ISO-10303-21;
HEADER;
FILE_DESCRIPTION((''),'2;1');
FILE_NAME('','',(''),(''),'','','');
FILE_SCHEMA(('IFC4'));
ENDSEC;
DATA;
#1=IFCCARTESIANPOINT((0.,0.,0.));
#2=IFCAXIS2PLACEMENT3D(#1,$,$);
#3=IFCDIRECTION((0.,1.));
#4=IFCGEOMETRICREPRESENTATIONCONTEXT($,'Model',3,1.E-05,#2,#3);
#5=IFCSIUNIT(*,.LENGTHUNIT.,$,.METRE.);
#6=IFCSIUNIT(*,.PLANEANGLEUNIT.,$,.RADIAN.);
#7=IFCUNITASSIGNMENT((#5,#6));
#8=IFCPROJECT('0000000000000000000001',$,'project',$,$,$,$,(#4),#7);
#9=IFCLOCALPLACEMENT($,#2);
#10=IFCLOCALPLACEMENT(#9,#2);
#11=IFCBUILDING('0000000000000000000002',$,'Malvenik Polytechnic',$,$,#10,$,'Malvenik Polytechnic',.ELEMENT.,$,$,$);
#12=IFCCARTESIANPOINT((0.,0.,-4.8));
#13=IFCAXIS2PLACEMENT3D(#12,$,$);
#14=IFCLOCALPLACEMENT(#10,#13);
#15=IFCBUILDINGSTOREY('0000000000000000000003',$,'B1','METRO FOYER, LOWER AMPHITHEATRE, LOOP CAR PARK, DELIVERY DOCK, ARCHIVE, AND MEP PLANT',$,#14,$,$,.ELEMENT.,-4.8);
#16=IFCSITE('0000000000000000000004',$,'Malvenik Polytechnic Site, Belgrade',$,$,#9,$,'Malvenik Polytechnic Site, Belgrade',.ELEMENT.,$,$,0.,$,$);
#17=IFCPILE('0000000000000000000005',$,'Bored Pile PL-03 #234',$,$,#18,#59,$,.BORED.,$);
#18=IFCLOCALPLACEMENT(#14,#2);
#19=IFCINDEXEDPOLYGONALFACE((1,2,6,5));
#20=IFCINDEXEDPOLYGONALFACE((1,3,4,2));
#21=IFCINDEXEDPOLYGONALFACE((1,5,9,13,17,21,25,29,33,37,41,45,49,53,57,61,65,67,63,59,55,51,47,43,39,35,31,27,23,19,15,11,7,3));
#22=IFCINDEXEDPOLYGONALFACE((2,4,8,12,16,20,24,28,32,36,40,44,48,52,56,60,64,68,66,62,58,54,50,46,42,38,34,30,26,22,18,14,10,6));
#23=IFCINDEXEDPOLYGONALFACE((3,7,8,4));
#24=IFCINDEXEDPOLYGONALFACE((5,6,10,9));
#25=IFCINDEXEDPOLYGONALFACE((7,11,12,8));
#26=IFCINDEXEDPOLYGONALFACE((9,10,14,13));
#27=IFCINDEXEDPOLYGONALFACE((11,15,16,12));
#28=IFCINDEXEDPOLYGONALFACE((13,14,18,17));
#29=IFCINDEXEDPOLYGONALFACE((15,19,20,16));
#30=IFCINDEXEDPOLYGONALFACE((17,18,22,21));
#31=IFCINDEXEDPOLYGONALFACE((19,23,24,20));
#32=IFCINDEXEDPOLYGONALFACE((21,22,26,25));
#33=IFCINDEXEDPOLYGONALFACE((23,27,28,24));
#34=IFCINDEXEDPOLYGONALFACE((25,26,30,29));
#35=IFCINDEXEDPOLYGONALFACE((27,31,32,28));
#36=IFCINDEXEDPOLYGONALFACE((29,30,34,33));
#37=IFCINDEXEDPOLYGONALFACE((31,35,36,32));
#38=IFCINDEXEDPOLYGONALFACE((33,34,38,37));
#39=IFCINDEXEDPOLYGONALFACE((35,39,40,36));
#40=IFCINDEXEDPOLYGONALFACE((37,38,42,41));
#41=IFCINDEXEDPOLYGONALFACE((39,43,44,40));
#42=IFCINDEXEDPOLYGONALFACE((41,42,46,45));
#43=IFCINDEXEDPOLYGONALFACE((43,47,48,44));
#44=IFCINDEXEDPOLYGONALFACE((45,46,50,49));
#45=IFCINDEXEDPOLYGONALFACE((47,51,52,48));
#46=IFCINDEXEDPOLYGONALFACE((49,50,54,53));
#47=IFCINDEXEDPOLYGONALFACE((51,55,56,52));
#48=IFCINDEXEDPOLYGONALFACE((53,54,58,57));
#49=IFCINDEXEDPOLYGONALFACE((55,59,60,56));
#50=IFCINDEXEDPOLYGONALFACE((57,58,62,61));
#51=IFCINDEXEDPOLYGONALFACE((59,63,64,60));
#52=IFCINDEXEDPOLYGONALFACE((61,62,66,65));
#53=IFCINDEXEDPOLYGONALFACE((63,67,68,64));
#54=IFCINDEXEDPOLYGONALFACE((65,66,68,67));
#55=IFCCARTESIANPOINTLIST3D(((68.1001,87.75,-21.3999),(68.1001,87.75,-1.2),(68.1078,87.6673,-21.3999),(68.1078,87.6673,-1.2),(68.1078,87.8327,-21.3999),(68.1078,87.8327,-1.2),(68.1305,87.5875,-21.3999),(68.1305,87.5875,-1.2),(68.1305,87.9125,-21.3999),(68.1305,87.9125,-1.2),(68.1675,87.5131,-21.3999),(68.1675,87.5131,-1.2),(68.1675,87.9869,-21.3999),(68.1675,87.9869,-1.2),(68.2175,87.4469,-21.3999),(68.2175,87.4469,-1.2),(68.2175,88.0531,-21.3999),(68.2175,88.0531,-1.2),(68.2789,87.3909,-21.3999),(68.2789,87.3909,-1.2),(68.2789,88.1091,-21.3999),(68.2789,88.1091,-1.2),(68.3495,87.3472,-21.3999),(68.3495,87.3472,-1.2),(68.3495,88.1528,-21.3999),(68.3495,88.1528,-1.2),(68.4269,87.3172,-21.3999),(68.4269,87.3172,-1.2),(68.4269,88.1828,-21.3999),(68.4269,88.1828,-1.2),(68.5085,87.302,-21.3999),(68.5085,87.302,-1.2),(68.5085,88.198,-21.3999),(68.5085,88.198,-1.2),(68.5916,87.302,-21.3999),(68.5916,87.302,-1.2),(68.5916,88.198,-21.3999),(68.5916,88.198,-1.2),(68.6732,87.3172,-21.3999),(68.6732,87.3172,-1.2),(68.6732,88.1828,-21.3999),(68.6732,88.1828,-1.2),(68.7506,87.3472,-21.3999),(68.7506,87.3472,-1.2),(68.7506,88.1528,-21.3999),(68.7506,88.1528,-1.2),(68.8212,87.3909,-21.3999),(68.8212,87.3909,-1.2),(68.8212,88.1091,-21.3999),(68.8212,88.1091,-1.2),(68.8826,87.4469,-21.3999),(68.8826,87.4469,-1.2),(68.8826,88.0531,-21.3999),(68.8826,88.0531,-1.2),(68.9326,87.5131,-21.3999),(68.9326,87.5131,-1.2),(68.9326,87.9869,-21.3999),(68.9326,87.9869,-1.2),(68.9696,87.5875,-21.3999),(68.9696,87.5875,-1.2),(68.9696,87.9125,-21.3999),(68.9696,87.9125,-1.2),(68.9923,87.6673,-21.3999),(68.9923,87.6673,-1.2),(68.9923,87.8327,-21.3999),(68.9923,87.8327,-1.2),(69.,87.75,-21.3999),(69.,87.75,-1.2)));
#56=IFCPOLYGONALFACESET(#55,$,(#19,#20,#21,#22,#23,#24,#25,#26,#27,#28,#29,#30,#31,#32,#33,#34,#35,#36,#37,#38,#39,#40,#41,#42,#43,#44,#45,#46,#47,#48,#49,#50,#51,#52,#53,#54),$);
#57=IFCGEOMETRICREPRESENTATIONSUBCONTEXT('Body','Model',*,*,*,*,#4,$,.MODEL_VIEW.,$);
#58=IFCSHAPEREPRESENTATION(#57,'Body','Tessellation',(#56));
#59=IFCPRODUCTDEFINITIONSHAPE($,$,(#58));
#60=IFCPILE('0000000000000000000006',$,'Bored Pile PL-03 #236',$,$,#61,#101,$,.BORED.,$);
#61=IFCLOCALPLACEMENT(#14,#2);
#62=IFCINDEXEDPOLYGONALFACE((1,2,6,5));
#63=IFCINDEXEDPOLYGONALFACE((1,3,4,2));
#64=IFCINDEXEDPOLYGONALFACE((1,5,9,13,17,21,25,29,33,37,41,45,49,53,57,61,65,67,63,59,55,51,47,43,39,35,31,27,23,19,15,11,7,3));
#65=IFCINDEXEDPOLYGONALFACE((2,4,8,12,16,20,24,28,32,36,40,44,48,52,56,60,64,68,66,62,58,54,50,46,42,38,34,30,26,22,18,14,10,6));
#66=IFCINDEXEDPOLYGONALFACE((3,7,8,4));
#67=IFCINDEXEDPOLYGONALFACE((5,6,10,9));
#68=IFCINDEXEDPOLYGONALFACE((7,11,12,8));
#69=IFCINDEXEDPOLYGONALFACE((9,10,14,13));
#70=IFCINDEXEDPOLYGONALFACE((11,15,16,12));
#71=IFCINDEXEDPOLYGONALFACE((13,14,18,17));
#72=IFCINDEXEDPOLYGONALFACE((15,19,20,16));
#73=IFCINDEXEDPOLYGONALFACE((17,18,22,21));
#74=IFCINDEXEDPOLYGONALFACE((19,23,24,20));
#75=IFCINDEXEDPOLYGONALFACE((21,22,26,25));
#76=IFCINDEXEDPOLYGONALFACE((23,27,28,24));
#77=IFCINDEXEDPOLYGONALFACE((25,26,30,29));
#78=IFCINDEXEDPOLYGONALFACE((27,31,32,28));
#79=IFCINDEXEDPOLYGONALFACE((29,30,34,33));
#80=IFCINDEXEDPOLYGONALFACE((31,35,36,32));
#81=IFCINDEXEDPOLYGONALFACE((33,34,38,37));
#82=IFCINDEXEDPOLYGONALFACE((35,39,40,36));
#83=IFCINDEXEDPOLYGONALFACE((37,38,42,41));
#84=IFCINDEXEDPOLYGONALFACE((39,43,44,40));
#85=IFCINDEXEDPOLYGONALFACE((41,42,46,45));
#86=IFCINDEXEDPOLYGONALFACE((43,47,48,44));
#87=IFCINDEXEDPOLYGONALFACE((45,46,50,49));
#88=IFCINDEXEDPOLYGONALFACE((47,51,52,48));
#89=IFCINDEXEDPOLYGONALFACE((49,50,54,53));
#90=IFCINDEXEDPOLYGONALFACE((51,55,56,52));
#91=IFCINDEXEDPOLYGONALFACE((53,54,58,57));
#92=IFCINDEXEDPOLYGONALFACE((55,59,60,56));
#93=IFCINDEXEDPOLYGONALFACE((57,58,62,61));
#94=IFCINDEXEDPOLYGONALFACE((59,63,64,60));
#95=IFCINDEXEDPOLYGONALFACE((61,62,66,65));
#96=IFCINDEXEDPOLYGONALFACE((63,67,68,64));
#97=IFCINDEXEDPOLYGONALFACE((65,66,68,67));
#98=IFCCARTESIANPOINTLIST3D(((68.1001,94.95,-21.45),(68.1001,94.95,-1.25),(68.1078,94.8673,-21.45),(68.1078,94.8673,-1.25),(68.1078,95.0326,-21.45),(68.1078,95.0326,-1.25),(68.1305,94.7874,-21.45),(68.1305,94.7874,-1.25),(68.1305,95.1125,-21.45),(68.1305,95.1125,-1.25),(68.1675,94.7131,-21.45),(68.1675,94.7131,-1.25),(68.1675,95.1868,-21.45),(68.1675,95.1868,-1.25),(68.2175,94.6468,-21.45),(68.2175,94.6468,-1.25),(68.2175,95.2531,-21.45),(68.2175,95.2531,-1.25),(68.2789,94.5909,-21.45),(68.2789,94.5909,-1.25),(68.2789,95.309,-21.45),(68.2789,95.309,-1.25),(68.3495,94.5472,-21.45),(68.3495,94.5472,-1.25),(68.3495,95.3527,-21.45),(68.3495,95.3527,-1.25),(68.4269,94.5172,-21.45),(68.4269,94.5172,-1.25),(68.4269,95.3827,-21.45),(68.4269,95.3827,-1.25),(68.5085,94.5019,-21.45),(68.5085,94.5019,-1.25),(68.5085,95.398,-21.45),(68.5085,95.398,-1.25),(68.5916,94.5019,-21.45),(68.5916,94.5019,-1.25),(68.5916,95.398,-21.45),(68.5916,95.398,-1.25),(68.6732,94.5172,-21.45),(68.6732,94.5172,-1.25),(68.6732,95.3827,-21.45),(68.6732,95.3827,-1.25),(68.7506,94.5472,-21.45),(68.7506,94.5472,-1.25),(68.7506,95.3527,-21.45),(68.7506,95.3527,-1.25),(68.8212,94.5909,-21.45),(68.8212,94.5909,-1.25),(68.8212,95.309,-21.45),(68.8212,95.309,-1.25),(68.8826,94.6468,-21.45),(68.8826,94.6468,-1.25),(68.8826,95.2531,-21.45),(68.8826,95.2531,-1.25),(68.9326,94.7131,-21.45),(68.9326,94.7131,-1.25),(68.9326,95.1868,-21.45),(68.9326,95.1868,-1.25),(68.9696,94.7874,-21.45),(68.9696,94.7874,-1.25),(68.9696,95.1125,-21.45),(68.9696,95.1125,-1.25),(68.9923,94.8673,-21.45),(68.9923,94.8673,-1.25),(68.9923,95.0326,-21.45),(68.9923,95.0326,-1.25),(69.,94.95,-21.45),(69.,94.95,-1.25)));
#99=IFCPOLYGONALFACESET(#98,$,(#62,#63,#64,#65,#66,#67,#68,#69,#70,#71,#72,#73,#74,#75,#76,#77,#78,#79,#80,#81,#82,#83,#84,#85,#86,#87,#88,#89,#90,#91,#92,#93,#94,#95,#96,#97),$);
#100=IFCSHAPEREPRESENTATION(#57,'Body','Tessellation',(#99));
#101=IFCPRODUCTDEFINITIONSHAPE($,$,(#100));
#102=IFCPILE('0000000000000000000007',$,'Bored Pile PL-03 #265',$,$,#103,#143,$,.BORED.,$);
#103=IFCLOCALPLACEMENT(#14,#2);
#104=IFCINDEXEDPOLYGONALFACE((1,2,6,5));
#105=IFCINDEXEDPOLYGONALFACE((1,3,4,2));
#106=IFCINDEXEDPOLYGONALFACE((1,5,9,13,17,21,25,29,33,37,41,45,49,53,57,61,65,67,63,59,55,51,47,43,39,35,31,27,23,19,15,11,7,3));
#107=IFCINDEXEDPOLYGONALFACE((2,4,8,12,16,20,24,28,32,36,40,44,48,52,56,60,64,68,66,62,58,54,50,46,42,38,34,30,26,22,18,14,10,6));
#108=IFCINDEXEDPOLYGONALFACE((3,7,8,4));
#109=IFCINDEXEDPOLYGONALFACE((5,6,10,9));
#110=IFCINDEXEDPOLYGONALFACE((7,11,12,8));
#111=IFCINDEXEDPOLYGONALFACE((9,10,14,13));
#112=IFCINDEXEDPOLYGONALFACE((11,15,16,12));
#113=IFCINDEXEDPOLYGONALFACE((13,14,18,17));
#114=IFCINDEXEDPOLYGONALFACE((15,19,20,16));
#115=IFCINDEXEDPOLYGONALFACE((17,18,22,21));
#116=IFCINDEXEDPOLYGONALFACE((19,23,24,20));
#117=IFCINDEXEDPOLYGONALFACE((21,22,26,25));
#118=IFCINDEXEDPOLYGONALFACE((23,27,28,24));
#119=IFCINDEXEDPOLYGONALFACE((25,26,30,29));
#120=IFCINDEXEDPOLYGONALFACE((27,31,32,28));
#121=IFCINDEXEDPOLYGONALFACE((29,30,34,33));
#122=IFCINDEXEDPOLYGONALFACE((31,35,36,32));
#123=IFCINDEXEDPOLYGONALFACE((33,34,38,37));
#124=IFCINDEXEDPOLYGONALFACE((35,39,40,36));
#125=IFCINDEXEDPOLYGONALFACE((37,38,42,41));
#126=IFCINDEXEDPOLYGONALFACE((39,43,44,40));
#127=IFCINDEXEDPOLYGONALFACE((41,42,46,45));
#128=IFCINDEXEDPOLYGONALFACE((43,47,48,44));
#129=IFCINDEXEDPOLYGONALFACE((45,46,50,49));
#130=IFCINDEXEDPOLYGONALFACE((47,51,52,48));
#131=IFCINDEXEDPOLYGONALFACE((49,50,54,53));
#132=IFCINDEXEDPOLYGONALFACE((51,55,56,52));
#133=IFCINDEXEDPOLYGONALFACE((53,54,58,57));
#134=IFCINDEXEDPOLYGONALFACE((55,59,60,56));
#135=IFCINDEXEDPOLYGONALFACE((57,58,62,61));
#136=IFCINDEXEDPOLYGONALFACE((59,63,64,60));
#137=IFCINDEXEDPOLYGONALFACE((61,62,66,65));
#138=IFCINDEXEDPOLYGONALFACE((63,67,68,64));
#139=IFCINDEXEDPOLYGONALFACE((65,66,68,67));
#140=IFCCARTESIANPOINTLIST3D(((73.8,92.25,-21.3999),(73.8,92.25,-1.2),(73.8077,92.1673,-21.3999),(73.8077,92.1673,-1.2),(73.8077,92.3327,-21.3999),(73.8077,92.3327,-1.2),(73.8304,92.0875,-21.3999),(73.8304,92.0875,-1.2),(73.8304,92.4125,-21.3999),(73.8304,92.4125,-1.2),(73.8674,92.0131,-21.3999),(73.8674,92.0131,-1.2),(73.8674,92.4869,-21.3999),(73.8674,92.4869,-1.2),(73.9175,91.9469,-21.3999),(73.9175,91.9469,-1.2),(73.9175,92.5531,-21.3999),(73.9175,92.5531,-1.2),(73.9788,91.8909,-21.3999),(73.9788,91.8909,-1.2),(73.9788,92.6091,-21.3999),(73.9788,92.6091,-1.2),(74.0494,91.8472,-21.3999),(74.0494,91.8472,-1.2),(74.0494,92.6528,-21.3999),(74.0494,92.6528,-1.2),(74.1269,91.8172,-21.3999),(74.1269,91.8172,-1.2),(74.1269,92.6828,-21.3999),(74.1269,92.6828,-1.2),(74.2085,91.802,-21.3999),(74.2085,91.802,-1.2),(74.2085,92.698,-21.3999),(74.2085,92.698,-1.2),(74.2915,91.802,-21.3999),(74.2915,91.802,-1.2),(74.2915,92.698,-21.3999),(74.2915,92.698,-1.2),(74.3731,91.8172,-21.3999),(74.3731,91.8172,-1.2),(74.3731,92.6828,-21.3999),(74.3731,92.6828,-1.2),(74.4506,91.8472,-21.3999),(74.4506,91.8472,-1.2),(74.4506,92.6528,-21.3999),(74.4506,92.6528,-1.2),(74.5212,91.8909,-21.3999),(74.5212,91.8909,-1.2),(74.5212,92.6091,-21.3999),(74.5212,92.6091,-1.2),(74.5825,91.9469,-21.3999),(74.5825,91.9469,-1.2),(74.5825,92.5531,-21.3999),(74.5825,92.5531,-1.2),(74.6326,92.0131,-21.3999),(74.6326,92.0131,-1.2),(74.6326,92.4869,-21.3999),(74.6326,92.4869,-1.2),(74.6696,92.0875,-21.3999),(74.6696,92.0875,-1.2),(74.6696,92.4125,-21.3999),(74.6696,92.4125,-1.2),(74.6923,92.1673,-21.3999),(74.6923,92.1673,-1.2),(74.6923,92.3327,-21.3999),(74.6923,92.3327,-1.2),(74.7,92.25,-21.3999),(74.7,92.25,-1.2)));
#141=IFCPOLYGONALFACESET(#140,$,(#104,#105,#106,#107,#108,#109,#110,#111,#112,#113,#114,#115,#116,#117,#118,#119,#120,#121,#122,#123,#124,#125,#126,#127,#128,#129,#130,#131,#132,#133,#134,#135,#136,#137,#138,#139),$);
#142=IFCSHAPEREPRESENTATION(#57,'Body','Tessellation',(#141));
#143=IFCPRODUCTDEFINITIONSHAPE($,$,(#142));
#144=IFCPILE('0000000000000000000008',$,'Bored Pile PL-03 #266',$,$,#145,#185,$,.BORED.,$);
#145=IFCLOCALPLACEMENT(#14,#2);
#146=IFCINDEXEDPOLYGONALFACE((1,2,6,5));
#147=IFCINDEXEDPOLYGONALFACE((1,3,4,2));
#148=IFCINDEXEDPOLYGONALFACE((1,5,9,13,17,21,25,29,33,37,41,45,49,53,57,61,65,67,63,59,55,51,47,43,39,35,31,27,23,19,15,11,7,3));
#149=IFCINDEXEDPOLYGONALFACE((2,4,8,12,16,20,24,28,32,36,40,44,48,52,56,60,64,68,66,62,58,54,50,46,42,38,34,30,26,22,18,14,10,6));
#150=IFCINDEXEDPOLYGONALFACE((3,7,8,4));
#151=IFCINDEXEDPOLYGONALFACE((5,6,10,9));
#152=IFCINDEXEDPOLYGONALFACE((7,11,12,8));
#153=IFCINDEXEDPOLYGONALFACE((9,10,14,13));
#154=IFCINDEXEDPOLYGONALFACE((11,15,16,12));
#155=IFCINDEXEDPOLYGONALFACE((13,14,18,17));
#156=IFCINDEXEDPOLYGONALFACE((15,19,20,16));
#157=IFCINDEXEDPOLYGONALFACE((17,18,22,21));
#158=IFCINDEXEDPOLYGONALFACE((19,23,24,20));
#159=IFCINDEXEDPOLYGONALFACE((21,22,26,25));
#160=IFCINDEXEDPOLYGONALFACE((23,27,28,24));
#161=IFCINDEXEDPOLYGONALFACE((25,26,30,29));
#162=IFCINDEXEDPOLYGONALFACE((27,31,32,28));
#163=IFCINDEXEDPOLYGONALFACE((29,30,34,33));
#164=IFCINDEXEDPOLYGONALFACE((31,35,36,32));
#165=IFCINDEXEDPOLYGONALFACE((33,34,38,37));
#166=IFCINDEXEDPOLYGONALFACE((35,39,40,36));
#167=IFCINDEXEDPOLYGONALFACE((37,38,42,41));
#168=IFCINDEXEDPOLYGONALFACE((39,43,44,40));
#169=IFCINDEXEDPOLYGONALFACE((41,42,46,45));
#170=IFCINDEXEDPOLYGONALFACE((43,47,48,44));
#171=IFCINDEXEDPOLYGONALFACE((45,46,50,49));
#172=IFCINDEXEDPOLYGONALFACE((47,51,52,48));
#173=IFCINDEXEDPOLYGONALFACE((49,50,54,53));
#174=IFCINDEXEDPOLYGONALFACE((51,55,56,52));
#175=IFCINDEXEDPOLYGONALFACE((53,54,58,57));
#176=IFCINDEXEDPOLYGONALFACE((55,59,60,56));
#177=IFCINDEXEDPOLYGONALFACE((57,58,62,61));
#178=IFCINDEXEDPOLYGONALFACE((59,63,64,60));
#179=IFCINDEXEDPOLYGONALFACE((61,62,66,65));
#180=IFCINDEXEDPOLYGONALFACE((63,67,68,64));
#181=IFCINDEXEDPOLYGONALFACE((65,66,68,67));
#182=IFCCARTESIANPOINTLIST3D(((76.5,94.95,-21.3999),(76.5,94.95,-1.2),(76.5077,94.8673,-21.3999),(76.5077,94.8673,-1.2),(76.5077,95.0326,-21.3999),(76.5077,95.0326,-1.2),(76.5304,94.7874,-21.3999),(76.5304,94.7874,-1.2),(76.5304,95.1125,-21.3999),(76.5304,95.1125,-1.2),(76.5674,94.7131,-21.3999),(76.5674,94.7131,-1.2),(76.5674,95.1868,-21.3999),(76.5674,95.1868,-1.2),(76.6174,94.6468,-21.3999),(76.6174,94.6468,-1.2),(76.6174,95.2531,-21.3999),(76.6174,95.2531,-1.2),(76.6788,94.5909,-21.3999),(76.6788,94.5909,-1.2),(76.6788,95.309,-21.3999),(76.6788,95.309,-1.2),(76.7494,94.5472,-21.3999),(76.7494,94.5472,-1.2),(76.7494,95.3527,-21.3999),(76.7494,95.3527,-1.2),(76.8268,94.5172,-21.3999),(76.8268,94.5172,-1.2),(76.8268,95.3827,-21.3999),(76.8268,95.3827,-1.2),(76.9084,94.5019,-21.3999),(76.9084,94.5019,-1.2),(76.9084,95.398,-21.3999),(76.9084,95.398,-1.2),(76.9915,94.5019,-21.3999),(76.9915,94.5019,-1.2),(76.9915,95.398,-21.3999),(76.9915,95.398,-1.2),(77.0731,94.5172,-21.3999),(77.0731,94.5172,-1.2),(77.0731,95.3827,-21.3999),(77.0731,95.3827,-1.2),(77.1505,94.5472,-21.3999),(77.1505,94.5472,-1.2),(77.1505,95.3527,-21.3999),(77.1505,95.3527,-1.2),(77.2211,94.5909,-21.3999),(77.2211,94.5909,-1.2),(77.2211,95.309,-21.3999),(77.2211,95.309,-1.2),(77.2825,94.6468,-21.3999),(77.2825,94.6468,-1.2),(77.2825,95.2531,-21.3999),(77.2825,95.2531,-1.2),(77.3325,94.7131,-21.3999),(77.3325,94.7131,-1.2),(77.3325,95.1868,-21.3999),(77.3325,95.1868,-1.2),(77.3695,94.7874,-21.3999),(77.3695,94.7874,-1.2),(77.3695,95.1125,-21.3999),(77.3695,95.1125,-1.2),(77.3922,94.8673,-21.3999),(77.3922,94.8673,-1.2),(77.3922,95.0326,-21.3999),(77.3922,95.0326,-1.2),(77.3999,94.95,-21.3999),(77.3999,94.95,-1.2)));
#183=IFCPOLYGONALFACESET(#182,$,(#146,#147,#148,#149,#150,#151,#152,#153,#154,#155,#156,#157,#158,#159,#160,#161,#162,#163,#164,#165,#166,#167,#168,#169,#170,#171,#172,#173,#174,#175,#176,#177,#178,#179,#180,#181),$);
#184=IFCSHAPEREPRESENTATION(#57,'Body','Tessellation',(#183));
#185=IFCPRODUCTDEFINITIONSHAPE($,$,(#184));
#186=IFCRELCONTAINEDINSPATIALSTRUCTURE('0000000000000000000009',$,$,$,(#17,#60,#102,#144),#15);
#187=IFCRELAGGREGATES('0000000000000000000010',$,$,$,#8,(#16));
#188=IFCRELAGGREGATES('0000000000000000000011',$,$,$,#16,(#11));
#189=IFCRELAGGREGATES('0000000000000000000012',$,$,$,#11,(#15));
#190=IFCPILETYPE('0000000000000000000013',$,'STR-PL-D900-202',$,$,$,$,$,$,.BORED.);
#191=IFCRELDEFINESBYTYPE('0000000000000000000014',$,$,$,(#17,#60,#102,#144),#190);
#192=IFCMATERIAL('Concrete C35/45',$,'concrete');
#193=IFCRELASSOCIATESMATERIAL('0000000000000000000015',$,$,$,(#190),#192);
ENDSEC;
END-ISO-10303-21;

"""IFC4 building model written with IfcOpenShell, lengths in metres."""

from ifc_helpers import new_model, si_unit, direction, frame, origin, origin_2d, place, context, subcontext, project, spatial, circle, extrude, material, material_profile, profile_set, type_object, element, save


model = new_model("IFC4")

# Units and contexts
model_context = context("Model", 3, precision=1e-05, world=origin(), true_north=direction((0.0, 1.0)))
body_context = subcontext(model_context, "Body", "Model", "MODEL_VIEW")
ifc_project = project(units=[si_unit("LENGTHUNIT", "METRE"), si_unit("PLANEANGLEUNIT", "RADIAN")], contexts=[model_context])

# Site, building, storey
site_placement = place(None, origin())
site = spatial("IfcSite", under=ifc_project, at=site_placement, Name="Malvenik Polytechnic Site, Belgrade", LongName="Malvenik Polytechnic Site, Belgrade", CompositionType="ELEMENT", RefElevation=0.0)
building_placement = place(site_placement, origin())
building = spatial("IfcBuilding", under=site, at=building_placement, Name="Malvenik Polytechnic", LongName="Malvenik Polytechnic", CompositionType="ELEMENT")
storey_placement = place(building_placement, frame((0.0, 0.0, -4.8)))
storey = spatial("IfcBuildingStorey", under=building, at=storey_placement, Name="B1", Description="METRO FOYER, LOWER AMPHITHEATRE, LOOP CAR PARK, DELIVERY DOCK, ARCHIVE, AND MEP PLANT", CompositionType="ELEMENT", Elevation=-4.8)

# Shared definitions
ifc_material_1 = material(Name="Concrete C35/45", Category="concrete")

# Piles
ifc_material_profile_1 = material_profile(ifc_material_1, circle(Radius=0.45, at=origin_2d()), Name="BORED PILE D900")
ifc_profile_set_1 = profile_set([ifc_material_profile_1], Name="Concrete C35/45")
pile_type_1 = type_object("IfcPileType", Name="STR-PL-D900-202", PredefinedType="BORED", material=ifc_profile_set_1)
for number, where, z_axis, x_axis, name in (
    (1, (68.55, 87.75, -1.2), (0.0, 0.0, -1.0), (1.0, 0.0, 0.0), "Bored Pile PL-03 #234"),
    (2, (68.55, 94.95, -1.25), (0.0, 0.0, -1.0), (1.0, 0.0, 0.0), "Bored Pile PL-03 #236"),
    (3, (74.25, 92.25, -1.2), (0.0, 0.0, -1.0), (1.0, 0.0, 0.0), "Bored Pile PL-03 #265"),
    (4, (76.95, 94.95, -1.2), (0.0, 0.0, -1.0), (1.0, 0.0, 0.0), "Bored Pile PL-03 #266"),
):
    element("IfcPile", number, at=place(storey_placement, frame(where, z_axis=z_axis, x_axis=x_axis)), inside=storey, type_object=pile_type_1, Name=name, PredefinedType="BORED", context=body_context, shape_type="SweptSolid", body=[
        extrude(circle(Radius=0.45, at=origin_2d()), origin(), (0.0, 0.0, 1.0), 20.2),
    ])

save(model, "model.ifc")
